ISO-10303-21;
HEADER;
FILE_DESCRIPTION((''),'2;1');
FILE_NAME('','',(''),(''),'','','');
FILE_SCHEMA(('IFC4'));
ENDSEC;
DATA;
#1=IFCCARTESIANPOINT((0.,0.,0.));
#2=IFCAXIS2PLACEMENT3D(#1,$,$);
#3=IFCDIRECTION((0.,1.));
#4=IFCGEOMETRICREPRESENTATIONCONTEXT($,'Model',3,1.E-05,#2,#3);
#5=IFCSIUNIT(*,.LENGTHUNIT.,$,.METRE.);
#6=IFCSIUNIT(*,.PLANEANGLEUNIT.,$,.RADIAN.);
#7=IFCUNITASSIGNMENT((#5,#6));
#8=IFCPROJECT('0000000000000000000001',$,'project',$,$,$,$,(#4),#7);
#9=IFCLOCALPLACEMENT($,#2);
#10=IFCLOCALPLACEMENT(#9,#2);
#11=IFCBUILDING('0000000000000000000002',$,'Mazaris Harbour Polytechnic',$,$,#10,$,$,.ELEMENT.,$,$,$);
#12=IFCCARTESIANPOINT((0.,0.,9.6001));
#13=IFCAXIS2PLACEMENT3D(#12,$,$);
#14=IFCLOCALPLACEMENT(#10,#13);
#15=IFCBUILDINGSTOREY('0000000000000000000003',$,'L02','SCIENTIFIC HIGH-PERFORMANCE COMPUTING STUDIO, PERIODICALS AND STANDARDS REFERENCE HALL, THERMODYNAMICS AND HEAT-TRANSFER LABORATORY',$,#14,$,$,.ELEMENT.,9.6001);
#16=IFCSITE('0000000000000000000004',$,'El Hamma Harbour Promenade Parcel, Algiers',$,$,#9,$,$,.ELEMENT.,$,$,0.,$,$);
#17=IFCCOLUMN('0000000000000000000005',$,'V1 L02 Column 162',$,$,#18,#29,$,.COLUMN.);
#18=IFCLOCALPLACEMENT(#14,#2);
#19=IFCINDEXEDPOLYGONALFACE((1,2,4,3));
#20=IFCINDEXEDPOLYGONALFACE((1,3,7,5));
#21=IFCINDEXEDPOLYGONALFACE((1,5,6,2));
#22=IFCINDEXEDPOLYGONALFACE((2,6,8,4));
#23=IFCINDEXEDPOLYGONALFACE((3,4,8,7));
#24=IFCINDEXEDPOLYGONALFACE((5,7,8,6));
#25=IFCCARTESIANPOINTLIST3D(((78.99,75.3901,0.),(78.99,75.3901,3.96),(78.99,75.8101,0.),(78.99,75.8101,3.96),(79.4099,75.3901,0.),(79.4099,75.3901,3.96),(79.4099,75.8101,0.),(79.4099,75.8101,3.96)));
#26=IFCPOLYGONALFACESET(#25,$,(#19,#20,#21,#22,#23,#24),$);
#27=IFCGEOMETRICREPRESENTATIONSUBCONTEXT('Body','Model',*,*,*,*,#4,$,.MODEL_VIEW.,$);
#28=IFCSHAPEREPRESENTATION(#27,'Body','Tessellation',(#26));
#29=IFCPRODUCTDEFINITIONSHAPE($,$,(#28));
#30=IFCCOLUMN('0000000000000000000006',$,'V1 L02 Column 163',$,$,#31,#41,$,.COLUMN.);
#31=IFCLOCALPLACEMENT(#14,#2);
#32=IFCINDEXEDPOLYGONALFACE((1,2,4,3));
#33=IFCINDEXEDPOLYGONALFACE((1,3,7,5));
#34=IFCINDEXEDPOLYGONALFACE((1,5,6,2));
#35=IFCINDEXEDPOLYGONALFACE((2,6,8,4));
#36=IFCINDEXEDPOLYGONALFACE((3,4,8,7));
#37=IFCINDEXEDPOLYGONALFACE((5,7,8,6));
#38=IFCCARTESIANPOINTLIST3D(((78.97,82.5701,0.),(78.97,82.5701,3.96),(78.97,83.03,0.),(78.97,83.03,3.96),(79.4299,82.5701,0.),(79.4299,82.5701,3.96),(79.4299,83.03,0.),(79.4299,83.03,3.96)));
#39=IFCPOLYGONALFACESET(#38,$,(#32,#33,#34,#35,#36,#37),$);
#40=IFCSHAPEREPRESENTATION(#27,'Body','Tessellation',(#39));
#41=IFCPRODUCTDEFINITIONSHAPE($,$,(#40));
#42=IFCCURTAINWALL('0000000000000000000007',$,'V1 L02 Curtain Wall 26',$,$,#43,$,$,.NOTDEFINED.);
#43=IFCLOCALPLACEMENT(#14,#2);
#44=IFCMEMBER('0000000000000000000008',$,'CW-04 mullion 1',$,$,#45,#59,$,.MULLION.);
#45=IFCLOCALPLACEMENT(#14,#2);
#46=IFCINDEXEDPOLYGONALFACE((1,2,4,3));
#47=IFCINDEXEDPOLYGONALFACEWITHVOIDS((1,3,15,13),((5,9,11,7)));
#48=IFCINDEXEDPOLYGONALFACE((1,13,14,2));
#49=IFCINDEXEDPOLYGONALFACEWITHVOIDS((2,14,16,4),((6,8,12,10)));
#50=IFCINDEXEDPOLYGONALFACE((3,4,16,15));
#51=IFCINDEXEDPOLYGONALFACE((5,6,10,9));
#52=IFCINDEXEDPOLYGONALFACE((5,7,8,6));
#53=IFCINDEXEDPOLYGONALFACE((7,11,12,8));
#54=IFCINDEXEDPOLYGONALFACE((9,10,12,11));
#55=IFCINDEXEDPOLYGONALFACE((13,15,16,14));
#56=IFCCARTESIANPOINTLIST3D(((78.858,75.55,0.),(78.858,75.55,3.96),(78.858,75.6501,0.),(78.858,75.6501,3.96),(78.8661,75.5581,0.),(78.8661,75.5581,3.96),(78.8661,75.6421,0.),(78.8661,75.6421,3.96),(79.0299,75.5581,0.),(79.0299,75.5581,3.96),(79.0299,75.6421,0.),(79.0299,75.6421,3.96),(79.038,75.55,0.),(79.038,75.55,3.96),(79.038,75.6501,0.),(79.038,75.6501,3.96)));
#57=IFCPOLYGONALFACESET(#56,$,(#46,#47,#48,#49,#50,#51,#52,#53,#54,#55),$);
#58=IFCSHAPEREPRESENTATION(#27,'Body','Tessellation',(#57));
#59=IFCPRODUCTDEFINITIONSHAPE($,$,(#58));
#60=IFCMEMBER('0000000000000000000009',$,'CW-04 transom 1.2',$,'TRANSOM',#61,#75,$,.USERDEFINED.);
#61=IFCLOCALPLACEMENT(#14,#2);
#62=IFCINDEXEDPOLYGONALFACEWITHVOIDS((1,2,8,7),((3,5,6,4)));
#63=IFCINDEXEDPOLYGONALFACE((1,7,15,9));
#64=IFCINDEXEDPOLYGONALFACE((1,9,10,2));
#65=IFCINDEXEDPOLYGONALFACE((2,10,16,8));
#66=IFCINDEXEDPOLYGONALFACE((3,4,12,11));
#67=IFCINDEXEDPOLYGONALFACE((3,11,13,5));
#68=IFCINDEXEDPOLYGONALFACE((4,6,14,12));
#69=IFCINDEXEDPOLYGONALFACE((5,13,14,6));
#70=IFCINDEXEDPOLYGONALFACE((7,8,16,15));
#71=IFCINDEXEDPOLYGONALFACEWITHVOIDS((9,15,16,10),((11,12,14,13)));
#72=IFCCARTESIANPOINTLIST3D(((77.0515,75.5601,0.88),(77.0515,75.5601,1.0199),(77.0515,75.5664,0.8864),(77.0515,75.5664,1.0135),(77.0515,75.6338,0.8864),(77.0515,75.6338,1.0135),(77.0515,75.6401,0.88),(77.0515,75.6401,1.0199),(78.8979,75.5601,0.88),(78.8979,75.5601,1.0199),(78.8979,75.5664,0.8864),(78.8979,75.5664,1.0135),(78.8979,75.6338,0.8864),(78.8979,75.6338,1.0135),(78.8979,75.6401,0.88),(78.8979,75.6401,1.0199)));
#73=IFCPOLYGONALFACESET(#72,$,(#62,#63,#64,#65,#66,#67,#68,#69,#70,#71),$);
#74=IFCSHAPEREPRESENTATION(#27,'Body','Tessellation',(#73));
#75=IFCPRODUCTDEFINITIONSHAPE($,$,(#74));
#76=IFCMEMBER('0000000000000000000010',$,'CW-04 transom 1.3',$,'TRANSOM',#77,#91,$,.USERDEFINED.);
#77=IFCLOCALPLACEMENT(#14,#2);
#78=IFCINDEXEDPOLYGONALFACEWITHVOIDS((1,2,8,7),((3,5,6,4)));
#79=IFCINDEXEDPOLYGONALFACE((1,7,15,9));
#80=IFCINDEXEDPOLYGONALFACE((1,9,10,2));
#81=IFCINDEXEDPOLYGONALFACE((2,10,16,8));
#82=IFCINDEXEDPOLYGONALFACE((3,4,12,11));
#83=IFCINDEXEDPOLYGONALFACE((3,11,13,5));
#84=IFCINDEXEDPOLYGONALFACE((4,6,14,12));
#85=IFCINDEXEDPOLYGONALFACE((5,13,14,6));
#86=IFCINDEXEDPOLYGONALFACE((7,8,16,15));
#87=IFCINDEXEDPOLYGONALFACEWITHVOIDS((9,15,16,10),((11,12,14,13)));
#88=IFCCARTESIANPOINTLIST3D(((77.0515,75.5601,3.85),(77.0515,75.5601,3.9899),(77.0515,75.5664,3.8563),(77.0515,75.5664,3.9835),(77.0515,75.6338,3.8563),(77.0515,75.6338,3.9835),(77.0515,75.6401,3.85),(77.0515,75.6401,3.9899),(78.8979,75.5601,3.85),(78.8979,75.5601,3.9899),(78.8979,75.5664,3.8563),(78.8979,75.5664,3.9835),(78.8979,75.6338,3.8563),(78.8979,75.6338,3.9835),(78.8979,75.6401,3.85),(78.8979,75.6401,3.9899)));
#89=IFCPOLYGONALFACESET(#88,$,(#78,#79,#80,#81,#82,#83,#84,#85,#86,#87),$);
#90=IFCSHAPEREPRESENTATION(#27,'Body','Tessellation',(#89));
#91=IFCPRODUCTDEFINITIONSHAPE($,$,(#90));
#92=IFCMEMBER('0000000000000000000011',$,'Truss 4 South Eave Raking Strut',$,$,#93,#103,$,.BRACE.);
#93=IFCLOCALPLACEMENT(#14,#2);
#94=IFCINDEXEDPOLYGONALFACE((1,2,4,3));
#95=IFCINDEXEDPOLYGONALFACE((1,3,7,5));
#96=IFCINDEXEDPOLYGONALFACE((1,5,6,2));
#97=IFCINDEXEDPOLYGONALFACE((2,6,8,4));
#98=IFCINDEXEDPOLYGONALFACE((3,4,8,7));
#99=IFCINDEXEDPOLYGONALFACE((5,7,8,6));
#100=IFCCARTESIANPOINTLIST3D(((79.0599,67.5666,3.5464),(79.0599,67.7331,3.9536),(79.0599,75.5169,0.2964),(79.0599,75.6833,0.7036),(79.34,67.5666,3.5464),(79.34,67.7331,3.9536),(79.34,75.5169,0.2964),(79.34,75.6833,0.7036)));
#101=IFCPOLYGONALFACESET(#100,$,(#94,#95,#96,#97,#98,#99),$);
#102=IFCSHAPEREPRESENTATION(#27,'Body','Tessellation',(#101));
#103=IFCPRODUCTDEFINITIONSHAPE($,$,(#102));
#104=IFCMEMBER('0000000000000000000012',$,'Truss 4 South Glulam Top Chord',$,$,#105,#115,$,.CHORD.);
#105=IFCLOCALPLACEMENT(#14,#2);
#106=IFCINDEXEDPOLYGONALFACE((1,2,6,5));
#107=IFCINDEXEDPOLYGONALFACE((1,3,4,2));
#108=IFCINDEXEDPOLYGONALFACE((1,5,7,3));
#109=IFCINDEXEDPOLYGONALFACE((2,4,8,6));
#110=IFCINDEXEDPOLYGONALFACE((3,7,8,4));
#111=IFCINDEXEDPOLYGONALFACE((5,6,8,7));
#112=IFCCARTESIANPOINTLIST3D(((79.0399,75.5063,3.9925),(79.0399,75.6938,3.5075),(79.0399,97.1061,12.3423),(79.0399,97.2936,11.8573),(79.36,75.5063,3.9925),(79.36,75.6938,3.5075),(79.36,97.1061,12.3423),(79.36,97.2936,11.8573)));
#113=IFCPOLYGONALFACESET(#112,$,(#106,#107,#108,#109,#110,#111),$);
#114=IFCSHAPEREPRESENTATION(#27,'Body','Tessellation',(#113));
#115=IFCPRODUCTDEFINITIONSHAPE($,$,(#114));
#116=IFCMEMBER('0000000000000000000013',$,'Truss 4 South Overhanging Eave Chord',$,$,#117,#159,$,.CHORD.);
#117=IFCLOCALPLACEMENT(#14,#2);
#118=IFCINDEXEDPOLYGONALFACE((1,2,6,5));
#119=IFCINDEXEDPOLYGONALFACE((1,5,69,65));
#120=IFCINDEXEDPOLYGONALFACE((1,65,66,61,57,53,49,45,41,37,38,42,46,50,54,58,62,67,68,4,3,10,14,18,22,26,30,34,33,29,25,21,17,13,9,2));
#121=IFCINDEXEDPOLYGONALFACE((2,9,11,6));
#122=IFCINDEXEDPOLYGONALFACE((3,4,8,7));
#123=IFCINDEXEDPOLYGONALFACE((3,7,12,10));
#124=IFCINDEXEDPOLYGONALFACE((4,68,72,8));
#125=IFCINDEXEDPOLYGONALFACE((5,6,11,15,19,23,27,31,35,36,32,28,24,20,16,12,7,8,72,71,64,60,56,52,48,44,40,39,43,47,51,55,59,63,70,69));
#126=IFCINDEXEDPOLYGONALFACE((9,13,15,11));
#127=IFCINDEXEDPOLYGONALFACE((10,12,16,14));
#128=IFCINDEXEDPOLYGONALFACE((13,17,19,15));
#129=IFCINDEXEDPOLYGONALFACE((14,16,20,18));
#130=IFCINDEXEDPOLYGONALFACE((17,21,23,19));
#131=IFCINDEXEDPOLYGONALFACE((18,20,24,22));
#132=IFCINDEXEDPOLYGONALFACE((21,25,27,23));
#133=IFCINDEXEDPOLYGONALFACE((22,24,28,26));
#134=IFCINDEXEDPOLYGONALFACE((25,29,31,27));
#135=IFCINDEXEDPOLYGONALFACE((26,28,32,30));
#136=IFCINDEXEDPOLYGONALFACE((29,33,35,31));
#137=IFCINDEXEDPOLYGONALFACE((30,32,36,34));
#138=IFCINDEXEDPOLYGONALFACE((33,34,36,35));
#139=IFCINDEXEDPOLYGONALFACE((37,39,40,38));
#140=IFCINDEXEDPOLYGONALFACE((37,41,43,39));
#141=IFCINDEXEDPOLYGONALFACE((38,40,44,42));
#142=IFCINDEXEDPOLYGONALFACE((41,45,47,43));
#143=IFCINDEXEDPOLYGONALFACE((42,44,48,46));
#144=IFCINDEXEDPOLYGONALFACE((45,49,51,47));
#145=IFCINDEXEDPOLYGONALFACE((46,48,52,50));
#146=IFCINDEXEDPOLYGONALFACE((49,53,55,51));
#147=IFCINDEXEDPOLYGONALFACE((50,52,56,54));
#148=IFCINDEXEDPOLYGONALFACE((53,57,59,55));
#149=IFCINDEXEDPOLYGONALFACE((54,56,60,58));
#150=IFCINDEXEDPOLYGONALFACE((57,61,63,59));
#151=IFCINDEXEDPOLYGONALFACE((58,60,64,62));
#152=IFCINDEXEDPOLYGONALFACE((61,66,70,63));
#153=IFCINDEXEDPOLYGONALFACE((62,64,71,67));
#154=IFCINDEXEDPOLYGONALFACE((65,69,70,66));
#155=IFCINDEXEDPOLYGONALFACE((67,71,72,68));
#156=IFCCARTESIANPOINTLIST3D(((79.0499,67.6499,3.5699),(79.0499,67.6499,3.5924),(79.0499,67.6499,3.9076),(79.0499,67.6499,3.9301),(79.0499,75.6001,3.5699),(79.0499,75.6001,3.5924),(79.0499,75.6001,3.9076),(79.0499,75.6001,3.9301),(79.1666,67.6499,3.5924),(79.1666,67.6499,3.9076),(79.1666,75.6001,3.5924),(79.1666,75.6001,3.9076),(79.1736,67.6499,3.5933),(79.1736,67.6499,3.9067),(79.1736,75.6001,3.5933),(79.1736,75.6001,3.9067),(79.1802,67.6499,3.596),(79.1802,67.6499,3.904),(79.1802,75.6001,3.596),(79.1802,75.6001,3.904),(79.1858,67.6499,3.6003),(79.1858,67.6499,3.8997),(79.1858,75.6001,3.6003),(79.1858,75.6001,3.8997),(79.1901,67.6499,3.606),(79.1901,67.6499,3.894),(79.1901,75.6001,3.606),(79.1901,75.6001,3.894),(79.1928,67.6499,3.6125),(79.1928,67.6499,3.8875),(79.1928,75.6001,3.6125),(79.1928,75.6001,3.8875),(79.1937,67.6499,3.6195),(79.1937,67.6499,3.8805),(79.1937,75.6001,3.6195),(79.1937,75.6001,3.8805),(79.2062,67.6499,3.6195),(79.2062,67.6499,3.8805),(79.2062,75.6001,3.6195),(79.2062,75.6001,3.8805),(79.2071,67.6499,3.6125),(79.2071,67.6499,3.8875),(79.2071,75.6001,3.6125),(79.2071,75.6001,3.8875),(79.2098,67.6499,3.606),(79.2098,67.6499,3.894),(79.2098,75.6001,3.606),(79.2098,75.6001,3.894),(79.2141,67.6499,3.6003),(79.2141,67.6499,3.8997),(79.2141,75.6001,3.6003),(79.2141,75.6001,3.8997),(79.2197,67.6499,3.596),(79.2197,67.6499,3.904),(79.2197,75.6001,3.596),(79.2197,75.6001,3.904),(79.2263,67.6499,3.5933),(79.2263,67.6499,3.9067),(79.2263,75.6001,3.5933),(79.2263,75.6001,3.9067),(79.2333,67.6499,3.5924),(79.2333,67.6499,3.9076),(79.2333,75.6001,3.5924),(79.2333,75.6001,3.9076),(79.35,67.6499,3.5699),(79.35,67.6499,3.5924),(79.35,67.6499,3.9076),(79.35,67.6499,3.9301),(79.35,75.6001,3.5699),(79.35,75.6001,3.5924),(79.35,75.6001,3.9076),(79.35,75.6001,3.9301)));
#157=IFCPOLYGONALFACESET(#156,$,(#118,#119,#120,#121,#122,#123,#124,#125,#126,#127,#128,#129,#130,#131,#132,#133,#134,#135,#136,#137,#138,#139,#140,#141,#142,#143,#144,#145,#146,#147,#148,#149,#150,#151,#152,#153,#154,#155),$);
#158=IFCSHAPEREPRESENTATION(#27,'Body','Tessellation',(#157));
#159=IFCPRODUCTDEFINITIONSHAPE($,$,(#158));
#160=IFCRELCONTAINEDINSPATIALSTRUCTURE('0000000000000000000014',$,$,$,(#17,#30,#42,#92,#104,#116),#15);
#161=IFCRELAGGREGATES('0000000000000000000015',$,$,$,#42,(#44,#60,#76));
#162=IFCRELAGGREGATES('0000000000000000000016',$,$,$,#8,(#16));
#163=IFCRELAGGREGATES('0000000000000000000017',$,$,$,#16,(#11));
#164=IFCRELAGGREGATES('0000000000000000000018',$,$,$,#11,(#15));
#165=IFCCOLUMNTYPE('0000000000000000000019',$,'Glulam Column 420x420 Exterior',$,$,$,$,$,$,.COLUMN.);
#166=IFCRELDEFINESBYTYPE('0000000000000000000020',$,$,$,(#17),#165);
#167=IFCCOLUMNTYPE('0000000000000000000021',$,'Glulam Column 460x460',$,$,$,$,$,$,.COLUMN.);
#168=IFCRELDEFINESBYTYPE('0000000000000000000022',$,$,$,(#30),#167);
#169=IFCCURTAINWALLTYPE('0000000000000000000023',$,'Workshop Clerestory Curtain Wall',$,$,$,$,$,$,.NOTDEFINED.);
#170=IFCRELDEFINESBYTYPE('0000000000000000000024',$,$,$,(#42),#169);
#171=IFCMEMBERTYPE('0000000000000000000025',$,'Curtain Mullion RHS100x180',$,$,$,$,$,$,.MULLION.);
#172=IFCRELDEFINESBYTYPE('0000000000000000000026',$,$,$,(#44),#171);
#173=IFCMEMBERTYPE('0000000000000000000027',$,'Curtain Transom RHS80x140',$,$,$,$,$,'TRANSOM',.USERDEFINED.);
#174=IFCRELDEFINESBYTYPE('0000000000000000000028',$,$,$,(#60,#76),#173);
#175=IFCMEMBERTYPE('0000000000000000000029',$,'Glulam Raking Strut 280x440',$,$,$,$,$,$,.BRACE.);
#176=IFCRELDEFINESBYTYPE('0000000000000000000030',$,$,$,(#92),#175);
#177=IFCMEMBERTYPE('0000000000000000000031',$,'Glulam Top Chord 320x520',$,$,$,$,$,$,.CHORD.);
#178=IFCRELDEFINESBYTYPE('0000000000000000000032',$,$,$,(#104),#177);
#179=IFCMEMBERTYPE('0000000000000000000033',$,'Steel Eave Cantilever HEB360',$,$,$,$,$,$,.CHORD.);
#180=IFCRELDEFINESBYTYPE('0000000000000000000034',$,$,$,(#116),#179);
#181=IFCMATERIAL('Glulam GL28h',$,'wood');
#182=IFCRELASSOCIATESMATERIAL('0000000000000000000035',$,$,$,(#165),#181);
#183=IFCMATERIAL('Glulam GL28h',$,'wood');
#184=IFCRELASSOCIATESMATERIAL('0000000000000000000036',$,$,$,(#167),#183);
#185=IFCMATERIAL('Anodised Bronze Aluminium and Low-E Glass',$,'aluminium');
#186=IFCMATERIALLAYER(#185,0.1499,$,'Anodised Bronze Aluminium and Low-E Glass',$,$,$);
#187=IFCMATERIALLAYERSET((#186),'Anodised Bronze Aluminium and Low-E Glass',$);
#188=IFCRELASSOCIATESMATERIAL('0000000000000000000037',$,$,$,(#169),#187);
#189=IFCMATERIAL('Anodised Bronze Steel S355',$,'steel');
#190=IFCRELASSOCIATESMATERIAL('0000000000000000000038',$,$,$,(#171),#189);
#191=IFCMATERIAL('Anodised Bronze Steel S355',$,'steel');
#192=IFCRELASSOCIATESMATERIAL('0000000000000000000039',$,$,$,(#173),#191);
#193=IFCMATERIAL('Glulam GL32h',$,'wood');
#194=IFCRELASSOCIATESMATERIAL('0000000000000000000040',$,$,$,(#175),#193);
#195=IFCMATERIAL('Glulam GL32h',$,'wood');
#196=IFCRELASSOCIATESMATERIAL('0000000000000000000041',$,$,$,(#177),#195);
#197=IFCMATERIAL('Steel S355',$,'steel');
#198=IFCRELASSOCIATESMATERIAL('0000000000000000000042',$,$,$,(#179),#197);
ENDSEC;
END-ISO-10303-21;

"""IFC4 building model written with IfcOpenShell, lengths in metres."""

from ifc_helpers import new_model, si_unit, direction, frame, origin, origin_2d, place, context, subcontext, project, spatial, rectangle, hollow_rectangle, i_section, extrude, material, layer, layer_set, material_profile, profile_set, type_object, element, aggregate, save


model = new_model("IFC4")

# Units and contexts
model_context = context("Model", 3, precision=1e-05, world=origin(), true_north=direction((0.0, 1.0)))
body_context = subcontext(model_context, "Body", "Model", "MODEL_VIEW")
ifc_project = project(units=[si_unit("LENGTHUNIT", "METRE"), si_unit("PLANEANGLEUNIT", "RADIAN")], contexts=[model_context])

# Site, building, storey
site_placement = place(None, origin())
site = spatial("IfcSite", under=ifc_project, at=site_placement, Name="El Hamma Harbour Promenade Parcel, Algiers", CompositionType="ELEMENT", RefElevation=0.0)
building_placement = place(site_placement, origin())
building = spatial("IfcBuilding", under=site, at=building_placement, Name="Mazaris Harbour Polytechnic", CompositionType="ELEMENT")
storey_placement = place(building_placement, frame((0.0, 0.0, 9.6001)))
storey = spatial("IfcBuildingStorey", under=building, at=storey_placement, Name="L02", Description="SCIENTIFIC HIGH-PERFORMANCE COMPUTING STUDIO, PERIODICALS AND STANDARDS REFERENCE HALL, THERMODYNAMICS AND HEAT-TRANSFER LABORATORY", CompositionType="ELEMENT", Elevation=9.6001)

# Columns
ifc_material_1 = material(Name="Glulam GL28h", Category="wood")
ifc_material_profile_1 = material_profile(ifc_material_1, rectangle(XDim=0.4199, YDim=0.4199, at=origin_2d()), Name="RECT420x420")
ifc_profile_set_1 = profile_set([ifc_material_profile_1], Name="Glulam GL28h")
column_type_1 = type_object("IfcColumnType", Name="Glulam Column 420x420 Exterior", PredefinedType="COLUMN", material=ifc_profile_set_1)
column_1_placement = place(storey_placement, frame((79.2, 75.6001, 0.0), z_axis=(0.0, 0.0, 1.0), x_axis=(1.0, 0.0, 0.0)))
element("IfcColumn", 1, at=column_1_placement, inside=storey, type_object=column_type_1, Name="V1 L02 Column 162", PredefinedType="COLUMN", context=body_context, shape_type="SweptSolid", body=[
    extrude(rectangle(XDim=0.4199, YDim=0.4199, at=origin_2d()), origin(), (0.0, 0.0, 1.0), 3.96),
])
ifc_material_2 = material(Name="Glulam GL28h", Category="wood")
ifc_material_profile_2 = material_profile(ifc_material_2, rectangle(XDim=0.46, YDim=0.46, at=origin_2d()), Name="RECT460x460")
ifc_profile_set_2 = profile_set([ifc_material_profile_2], Name="Glulam GL28h")
column_type_2 = type_object("IfcColumnType", Name="Glulam Column 460x460", PredefinedType="COLUMN", material=ifc_profile_set_2)
column_2_placement = place(storey_placement, frame((79.2, 82.8, 0.0), z_axis=(0.0, 0.0, 1.0), x_axis=(1.0, 0.0, 0.0)))
element("IfcColumn", 2, at=column_2_placement, inside=storey, type_object=column_type_2, Name="V1 L02 Column 163", PredefinedType="COLUMN", context=body_context, shape_type="SweptSolid", body=[
    extrude(rectangle(XDim=0.46, YDim=0.46, at=origin_2d()), origin(), (0.0, 0.0, 1.0), 3.96),
])

# Curtain wall, members
ifc_material_3 = material(Name="Anodised Bronze Aluminium and Low-E Glass", Category="aluminium")
ifc_layer_1 = layer(ifc_material_3, 0.1499, Name="Anodised Bronze Aluminium and Low-E Glass")
ifc_layer_set_1 = layer_set([ifc_layer_1], Name="Anodised Bronze Aluminium and Low-E Glass")
curtain_wall_type = type_object("IfcCurtainWallType", Name="Workshop Clerestory Curtain Wall", PredefinedType="NOTDEFINED", material=ifc_layer_set_1)
curtain_wall_placement = place(storey_placement, origin())
curtain_wall = element("IfcCurtainWall", 3, at=curtain_wall_placement, inside=storey, type_object=curtain_wall_type, Name="V1 L02 Curtain Wall 26", PredefinedType="NOTDEFINED")
ifc_material_4 = material(Name="Anodised Bronze Steel S355", Category="steel")
ifc_material_profile_3 = material_profile(ifc_material_4, hollow_rectangle(XDim=0.1001, YDim=0.1799, WallThickness=0.0081, at=origin_2d()), Name="RHS 100x180x8.0")
ifc_profile_set_3 = profile_set([ifc_material_profile_3], Name="Anodised Bronze Steel S355")
member_type_1 = type_object("IfcMemberType", Name="Curtain Mullion RHS100x180", PredefinedType="MULLION", material=ifc_profile_set_3)
member_1_placement = place(storey_placement, frame((78.948, 75.6001, 0.0), z_axis=(0.0, 0.0, 1.0), x_axis=(0.0, -1.0, 0.0)))
member_1 = element("IfcMember", 4, at=member_1_placement, type_object=member_type_1, Name="CW-04 mullion 1", PredefinedType="MULLION", context=body_context, shape_type="SweptSolid", body=[
    extrude(hollow_rectangle(XDim=0.1001, YDim=0.1799, WallThickness=0.0081, at=origin_2d()), origin(), (0.0, 0.0, 1.0), 3.96),
])
ifc_material_5 = material(Name="Anodised Bronze Steel S355", Category="steel")
ifc_material_profile_4 = material_profile(ifc_material_5, hollow_rectangle(XDim=0.0801, YDim=0.1399, WallThickness=0.0063, at=origin_2d()), Name="RHS 80x140x6.3")
ifc_profile_set_4 = profile_set([ifc_material_profile_4], Name="Anodised Bronze Steel S355")
member_type_2 = type_object("IfcMemberType", Name="Curtain Transom RHS80x140", ElementType="TRANSOM", PredefinedType="USERDEFINED", material=ifc_profile_set_4)
member_2_placement = place(storey_placement, frame((78.8979, 75.6001, 0.95), z_axis=(-1.0, 0.0, 0.0), x_axis=(0.0, -1.0, 0.0)))
member_2 = element("IfcMember", 5, at=member_2_placement, type_object=member_type_2, Name="CW-04 transom 1.2", ObjectType="TRANSOM", PredefinedType="USERDEFINED", context=body_context, shape_type="SweptSolid", body=[
    extrude(hollow_rectangle(XDim=0.0801, YDim=0.1399, WallThickness=0.0063, at=origin_2d()), origin(), (0.0, 0.0, 1.0), 1.8464),
])
member_3_placement = place(storey_placement, frame((78.8979, 75.6001, 3.9199), z_axis=(-1.0, 0.0, 0.0), x_axis=(0.0, -1.0, 0.0)))
member_3 = element("IfcMember", 6, at=member_3_placement, type_object=member_type_2, Name="CW-04 transom 1.3", ObjectType="TRANSOM", PredefinedType="USERDEFINED", context=body_context, shape_type="SweptSolid", body=[
    extrude(hollow_rectangle(XDim=0.0801, YDim=0.1399, WallThickness=0.0063, at=origin_2d()), origin(), (0.0, 0.0, 1.0), 1.8464),
])
aggregate(curtain_wall, [member_1, member_2, member_3])

# Members
ifc_material_6 = material(Name="Glulam GL32h", Category="wood")
ifc_material_profile_5 = material_profile(ifc_material_6, rectangle(XDim=0.28, YDim=0.4399, at=origin_2d()), Name="RECT280x440")
ifc_profile_set_5 = profile_set([ifc_material_profile_5], Name="Glulam GL32h")
member_type_3 = type_object("IfcMemberType", Name="Glulam Raking Strut 280x440", PredefinedType="BRACE", material=ifc_profile_set_5)
member_4_placement = place(storey_placement, frame((79.2, 75.6001, 0.5), z_axis=(0.0, -0.925643, 0.378398), x_axis=(1.0, 0.0, 0.0)))
element("IfcMember", 7, at=member_4_placement, inside=storey, type_object=member_type_3, Name="Truss 4 South Eave Raking Strut", PredefinedType="BRACE", context=body_context, shape_type="SweptSolid", body=[
    extrude(rectangle(XDim=0.28, YDim=0.4399, at=origin_2d()), origin(), (0.0, 0.0, 1.0), 8.5889),
])
ifc_material_7 = material(Name="Glulam GL32h", Category="wood")
ifc_material_profile_6 = material_profile(ifc_material_7, rectangle(XDim=0.3201, YDim=0.52, at=origin_2d()), Name="RECT320x520")
ifc_profile_set_6 = profile_set([ifc_material_profile_6], Name="Glulam GL32h")
member_type_4 = type_object("IfcMemberType", Name="Glulam Top Chord 320x520", PredefinedType="CHORD", material=ifc_profile_set_6)
member_5_placement = place(storey_placement, frame((79.2, 75.6001, 3.75), z_axis=(0.0, 0.932733, 0.360567), x_axis=(-1.0, 0.0, 0.0)))
element("IfcMember", 8, at=member_5_placement, inside=storey, type_object=member_type_4, Name="Truss 4 South Glulam Top Chord", PredefinedType="CHORD", context=body_context, shape_type="SweptSolid", body=[
    extrude(rectangle(XDim=0.3201, YDim=0.52, at=origin_2d()), origin(), (0.0, 0.0, 1.0), 23.1575),
])
ifc_material_8 = material(Name="Steel S355", Category="steel")
ifc_material_profile_7 = material_profile(ifc_material_8, i_section(OverallWidth=0.3, OverallDepth=0.3601, WebThickness=0.0125, FlangeThickness=0.0225, FilletRadius=0.0271, at=origin_2d()), Name="HEB 360")
ifc_profile_set_7 = profile_set([ifc_material_profile_7], Name="Steel S355")
member_type_5 = type_object("IfcMemberType", Name="Steel Eave Cantilever HEB360", PredefinedType="CHORD", material=ifc_profile_set_7)
member_6_placement = place(storey_placement, frame((79.2, 75.6001, 3.75), z_axis=(0.0, -1.0, 0.0), x_axis=(1.0, 0.0, 0.0)))
element("IfcMember", 9, at=member_6_placement, inside=storey, type_object=member_type_5, Name="Truss 4 South Overhanging Eave Chord", PredefinedType="CHORD", context=body_context, shape_type="SweptSolid", body=[
    extrude(i_section(OverallWidth=0.3, OverallDepth=0.3601, WebThickness=0.0125, FlangeThickness=0.0225, FilletRadius=0.0271, at=origin_2d()), origin(), (0.0, 0.0, 1.0), 7.9502),
])

save(model, "model.ifc")
